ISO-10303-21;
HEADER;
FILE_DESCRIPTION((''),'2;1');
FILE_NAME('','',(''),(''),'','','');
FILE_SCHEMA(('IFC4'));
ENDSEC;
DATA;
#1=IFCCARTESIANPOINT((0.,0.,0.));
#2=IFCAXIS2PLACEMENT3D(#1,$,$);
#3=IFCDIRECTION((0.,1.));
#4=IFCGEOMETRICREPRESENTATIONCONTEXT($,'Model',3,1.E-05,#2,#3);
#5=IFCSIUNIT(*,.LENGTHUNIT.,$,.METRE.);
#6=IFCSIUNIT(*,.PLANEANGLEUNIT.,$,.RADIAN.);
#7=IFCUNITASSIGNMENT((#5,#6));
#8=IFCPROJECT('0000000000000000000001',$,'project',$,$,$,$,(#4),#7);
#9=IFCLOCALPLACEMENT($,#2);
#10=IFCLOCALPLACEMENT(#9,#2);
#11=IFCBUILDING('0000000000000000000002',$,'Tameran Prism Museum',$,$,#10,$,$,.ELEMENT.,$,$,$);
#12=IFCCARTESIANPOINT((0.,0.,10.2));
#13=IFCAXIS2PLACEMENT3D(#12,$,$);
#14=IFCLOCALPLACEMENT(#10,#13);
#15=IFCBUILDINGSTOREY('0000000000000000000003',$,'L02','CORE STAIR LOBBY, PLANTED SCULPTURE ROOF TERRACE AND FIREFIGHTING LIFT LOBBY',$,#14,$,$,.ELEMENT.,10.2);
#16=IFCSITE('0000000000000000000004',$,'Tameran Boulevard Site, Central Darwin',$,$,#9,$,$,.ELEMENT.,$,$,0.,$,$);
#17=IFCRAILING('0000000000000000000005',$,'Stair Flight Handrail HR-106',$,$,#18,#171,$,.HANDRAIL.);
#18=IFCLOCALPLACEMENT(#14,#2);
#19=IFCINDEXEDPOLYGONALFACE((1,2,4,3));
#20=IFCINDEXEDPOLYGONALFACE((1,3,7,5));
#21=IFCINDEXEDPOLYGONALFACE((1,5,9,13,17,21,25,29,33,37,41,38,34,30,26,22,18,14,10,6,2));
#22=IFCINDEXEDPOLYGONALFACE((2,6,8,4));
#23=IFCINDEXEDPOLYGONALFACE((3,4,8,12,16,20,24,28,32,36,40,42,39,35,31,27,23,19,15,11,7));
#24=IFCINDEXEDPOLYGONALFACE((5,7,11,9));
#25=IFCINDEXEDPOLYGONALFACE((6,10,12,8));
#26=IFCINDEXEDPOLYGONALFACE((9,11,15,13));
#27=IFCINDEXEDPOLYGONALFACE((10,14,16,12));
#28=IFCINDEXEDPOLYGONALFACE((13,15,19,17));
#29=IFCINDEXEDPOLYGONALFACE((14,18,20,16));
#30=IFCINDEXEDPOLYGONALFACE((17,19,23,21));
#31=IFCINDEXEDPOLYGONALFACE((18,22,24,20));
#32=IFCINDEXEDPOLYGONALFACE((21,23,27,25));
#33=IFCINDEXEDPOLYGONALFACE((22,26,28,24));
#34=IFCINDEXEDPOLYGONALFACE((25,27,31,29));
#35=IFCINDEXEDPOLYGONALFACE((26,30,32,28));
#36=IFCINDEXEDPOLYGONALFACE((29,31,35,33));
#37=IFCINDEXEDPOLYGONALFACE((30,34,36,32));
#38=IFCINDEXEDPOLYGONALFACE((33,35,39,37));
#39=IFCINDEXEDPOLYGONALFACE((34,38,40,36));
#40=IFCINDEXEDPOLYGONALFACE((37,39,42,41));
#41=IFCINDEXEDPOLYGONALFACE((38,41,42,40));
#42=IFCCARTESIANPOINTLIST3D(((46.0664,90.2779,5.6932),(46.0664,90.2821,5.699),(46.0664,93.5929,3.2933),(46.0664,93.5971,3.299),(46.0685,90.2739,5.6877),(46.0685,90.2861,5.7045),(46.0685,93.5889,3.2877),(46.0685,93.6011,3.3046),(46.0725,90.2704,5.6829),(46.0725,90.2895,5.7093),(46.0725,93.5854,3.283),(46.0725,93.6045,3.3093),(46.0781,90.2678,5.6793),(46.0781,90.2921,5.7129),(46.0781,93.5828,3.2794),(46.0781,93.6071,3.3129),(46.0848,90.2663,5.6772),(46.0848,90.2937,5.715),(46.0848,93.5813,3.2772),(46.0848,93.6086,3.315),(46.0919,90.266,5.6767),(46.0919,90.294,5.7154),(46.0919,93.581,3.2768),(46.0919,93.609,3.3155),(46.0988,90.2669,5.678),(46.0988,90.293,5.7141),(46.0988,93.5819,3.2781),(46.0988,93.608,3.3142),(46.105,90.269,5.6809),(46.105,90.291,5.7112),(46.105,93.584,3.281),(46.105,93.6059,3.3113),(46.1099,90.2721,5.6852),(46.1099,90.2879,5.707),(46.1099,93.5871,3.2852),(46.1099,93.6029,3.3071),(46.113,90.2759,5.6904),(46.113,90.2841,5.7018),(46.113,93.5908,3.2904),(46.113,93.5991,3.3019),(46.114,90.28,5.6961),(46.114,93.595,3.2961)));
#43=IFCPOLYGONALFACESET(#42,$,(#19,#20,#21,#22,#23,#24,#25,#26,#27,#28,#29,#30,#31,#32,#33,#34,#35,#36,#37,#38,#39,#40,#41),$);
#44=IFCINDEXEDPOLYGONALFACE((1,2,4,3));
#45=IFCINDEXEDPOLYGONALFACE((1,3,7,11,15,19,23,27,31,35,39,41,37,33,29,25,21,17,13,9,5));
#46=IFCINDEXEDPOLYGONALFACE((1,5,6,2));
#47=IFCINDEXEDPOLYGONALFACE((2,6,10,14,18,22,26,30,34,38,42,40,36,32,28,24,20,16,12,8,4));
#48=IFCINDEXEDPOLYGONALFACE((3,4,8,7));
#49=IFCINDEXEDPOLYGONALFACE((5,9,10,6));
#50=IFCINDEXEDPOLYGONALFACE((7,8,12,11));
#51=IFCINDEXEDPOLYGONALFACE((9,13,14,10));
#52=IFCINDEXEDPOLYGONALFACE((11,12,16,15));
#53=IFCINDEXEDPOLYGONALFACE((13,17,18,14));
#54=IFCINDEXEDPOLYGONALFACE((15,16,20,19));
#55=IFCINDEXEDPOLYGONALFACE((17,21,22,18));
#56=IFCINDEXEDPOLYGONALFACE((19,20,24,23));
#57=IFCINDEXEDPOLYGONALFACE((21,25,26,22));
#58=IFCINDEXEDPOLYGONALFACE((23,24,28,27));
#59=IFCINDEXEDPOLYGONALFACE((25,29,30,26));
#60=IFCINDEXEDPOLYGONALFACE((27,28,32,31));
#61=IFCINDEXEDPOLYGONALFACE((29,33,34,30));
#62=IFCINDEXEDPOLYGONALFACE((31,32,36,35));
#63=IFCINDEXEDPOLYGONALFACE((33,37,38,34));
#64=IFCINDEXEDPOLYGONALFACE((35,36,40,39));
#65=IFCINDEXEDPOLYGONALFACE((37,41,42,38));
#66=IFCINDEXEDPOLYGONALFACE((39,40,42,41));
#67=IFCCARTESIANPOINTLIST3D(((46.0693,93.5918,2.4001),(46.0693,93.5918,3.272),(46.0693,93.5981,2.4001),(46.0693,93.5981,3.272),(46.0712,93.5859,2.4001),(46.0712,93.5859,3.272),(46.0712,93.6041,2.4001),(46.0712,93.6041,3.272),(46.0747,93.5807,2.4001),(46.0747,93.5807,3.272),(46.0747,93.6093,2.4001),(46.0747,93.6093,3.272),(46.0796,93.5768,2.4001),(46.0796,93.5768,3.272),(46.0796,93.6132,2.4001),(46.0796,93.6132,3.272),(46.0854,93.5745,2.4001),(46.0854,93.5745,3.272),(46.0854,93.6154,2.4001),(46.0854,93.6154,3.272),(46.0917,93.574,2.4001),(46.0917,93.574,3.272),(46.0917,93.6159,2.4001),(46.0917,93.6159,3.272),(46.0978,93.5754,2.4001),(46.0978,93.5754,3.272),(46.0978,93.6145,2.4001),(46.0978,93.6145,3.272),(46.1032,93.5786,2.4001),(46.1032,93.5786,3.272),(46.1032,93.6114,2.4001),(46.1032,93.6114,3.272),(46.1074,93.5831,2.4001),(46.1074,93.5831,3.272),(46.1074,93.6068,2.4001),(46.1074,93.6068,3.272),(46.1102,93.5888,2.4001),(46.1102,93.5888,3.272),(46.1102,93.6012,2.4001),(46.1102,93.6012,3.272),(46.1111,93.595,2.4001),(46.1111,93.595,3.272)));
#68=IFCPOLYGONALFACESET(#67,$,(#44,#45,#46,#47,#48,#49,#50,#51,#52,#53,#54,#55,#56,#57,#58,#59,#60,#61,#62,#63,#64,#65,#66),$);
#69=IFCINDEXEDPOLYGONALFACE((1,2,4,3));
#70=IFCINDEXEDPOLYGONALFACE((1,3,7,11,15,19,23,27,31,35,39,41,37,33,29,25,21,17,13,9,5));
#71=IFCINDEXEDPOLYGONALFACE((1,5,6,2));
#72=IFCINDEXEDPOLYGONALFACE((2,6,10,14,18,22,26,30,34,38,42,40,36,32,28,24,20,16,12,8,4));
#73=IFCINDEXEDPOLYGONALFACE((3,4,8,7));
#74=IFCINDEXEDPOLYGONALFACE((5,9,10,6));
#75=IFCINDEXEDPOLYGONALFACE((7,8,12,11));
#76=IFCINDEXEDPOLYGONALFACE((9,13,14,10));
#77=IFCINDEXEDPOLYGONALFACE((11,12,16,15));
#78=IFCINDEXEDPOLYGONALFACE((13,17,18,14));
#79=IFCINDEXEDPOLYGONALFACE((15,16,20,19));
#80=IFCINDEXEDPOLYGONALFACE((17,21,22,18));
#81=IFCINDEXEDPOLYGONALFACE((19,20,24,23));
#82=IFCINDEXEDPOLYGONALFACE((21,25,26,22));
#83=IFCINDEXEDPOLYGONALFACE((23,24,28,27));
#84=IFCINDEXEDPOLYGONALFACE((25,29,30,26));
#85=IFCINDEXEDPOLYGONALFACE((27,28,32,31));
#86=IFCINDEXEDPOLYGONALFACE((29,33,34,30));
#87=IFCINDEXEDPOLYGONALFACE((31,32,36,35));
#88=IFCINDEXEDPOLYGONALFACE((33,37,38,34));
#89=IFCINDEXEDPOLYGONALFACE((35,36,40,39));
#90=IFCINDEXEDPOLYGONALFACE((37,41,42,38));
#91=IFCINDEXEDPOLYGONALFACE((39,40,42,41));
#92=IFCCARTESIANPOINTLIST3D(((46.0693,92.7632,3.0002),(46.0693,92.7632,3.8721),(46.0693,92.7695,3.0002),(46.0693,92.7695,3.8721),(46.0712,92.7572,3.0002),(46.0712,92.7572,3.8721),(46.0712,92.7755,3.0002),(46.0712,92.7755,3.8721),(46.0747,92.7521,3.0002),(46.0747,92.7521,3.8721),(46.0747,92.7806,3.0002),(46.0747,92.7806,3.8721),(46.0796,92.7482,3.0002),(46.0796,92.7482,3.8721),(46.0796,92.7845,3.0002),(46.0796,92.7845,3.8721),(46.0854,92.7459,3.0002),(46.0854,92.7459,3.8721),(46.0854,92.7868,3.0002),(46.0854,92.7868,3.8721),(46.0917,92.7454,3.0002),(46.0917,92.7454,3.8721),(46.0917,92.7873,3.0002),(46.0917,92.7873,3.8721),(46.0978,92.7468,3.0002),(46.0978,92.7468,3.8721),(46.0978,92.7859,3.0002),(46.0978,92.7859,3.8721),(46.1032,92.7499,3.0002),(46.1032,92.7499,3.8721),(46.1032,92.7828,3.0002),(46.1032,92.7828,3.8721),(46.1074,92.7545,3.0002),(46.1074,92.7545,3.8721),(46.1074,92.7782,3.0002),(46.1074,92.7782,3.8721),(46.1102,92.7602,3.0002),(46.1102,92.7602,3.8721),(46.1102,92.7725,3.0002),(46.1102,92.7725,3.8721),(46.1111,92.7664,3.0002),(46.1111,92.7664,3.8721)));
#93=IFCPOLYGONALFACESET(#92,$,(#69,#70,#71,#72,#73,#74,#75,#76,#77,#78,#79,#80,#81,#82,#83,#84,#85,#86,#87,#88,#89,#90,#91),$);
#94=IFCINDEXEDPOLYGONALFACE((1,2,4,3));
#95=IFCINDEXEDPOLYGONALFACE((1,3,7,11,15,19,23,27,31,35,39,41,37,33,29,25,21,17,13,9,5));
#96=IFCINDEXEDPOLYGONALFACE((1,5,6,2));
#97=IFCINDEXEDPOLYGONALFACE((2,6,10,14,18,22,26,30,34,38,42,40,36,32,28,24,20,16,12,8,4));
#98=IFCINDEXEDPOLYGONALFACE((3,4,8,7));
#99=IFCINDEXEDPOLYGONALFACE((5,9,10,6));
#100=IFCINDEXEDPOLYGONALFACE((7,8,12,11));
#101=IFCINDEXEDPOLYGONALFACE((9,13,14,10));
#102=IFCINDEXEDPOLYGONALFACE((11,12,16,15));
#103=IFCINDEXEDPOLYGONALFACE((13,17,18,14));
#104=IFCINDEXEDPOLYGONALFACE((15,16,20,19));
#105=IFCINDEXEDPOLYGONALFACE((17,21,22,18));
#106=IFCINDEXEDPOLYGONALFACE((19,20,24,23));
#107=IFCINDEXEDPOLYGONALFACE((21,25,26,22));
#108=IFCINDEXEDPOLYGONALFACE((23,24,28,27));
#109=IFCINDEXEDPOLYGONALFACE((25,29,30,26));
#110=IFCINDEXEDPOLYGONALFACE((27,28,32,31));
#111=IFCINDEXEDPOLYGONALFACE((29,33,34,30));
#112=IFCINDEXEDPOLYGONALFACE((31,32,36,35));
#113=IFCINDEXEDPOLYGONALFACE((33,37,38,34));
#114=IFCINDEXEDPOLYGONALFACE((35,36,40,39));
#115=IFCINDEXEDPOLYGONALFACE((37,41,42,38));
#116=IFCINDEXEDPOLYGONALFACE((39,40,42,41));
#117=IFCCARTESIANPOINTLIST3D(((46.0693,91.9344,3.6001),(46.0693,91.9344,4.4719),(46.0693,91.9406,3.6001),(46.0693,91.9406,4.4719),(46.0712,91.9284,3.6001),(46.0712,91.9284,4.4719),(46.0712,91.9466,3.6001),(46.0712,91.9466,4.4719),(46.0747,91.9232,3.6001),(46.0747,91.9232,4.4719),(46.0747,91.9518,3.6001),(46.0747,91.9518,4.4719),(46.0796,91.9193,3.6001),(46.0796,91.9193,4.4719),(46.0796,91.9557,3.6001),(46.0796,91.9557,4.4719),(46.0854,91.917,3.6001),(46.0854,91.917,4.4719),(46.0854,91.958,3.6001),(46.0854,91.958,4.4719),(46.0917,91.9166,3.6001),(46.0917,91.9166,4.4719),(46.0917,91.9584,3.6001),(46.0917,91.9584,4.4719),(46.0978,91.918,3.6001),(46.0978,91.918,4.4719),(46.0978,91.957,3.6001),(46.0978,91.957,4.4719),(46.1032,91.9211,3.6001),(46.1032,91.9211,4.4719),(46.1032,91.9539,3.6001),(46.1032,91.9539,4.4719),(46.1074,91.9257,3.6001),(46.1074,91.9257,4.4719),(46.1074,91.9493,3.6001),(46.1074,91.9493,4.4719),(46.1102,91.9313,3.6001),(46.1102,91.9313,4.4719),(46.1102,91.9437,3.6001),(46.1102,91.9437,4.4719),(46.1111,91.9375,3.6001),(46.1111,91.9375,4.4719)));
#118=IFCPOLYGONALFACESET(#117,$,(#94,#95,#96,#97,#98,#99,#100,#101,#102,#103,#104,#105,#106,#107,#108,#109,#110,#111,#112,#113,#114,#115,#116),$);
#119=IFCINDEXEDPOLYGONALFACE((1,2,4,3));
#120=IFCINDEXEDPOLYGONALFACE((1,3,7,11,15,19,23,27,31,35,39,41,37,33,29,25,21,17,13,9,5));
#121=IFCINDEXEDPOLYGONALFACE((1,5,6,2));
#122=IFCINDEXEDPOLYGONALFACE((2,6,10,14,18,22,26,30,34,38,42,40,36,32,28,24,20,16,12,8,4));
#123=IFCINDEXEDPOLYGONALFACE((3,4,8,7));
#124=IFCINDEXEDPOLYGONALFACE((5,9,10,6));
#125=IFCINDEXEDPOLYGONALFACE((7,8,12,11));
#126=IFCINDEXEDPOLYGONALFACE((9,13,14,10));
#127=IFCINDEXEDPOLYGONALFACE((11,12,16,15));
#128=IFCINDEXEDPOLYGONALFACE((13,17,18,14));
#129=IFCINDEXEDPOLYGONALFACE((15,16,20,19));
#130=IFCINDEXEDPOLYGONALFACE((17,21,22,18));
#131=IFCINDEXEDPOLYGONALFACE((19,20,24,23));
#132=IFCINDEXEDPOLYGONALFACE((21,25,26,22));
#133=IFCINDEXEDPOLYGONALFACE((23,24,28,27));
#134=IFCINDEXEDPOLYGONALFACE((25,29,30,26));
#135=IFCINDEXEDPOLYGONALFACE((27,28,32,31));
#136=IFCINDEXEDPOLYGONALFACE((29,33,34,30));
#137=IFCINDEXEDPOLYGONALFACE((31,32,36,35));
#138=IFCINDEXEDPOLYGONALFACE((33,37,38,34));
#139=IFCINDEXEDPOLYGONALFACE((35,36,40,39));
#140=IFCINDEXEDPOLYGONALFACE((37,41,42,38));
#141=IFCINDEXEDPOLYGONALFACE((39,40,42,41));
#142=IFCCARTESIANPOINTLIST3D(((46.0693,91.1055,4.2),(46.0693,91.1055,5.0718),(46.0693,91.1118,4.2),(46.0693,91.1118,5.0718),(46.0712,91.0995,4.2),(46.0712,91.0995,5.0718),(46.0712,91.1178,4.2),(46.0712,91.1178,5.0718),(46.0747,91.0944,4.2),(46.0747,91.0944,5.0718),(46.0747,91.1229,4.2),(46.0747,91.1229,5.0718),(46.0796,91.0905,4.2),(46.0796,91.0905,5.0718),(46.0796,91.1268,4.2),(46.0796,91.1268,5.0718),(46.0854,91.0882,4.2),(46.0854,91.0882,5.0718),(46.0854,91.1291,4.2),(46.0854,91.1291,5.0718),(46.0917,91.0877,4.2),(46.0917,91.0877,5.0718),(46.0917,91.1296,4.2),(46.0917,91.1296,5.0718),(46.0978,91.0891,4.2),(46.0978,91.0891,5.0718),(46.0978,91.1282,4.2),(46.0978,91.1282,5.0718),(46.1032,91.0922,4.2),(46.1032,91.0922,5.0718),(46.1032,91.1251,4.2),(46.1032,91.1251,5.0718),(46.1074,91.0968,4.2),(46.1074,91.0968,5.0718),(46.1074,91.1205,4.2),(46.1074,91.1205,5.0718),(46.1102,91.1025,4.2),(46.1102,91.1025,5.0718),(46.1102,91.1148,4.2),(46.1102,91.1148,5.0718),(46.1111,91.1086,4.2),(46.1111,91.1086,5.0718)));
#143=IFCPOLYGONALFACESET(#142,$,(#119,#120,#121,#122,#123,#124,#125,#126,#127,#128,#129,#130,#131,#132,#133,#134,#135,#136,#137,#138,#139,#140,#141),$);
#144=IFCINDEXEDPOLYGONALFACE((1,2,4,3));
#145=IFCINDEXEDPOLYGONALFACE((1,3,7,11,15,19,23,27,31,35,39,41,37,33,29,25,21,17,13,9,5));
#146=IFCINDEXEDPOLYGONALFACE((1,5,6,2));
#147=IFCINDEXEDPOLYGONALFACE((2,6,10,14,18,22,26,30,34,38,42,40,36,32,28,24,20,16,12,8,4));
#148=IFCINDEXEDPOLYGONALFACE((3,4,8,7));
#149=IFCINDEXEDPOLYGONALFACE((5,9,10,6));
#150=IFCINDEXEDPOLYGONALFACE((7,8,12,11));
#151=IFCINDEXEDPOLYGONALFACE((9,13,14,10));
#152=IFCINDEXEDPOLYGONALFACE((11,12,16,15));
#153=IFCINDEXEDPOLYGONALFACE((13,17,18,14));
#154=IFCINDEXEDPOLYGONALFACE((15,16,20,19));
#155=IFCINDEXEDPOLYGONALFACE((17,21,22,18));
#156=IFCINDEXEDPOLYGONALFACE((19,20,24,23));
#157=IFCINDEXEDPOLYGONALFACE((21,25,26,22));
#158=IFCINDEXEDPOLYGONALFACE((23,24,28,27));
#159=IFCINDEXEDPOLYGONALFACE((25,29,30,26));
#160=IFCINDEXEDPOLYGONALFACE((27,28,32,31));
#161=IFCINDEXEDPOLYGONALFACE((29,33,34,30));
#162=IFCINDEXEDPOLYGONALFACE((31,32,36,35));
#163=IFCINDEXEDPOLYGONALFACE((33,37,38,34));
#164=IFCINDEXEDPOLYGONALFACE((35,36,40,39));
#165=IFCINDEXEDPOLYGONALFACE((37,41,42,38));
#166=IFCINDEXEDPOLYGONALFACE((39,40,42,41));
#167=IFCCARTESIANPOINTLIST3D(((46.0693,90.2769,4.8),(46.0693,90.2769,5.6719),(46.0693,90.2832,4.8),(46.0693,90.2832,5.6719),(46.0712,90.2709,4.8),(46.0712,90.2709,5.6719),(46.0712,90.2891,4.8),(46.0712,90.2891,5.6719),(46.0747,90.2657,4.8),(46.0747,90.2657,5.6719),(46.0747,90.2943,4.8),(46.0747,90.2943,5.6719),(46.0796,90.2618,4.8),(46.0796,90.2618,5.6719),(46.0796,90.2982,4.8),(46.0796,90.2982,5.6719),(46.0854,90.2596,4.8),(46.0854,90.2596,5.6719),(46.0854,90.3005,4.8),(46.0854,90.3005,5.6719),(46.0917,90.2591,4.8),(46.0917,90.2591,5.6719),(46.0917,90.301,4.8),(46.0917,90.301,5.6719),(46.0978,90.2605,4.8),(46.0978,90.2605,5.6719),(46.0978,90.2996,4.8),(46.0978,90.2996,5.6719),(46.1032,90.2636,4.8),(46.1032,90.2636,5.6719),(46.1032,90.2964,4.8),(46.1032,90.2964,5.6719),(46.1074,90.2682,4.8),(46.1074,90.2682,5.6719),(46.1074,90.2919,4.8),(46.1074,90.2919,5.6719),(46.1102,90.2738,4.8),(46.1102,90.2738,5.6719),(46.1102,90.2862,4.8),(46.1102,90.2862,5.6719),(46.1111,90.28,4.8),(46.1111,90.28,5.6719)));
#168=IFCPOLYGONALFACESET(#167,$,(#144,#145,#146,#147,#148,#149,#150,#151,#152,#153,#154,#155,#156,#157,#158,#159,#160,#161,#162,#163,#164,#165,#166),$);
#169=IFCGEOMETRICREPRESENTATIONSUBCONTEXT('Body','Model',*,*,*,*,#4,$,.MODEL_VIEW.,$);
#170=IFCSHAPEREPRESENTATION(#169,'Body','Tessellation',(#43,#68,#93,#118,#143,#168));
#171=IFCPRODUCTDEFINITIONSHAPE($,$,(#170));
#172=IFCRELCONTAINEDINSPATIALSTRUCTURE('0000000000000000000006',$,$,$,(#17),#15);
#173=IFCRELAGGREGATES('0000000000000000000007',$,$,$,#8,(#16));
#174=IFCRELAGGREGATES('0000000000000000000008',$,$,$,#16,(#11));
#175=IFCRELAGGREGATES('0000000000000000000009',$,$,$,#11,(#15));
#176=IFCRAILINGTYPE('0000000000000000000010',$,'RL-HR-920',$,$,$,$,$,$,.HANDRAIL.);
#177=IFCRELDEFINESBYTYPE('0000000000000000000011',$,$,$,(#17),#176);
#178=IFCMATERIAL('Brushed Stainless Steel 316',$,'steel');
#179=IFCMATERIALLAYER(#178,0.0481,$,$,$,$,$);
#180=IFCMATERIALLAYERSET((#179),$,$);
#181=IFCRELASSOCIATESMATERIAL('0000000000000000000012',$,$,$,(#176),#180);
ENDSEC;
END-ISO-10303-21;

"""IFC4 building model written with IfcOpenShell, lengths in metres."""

from ifc_helpers import new_model, si_unit, direction, frame, origin, origin_2d, place, context, subcontext, project, spatial, circle, extrude, material, layer, layer_set, type_object, element, save


model = new_model("IFC4")

# Units and contexts
model_context = context("Model", 3, precision=1e-05, world=origin(), true_north=direction((0.0, 1.0)))
body_context = subcontext(model_context, "Body", "Model", "MODEL_VIEW")
ifc_project = project(units=[si_unit("LENGTHUNIT", "METRE"), si_unit("PLANEANGLEUNIT", "RADIAN")], contexts=[model_context])

# Site, building, storey
site_placement = place(None, origin())
site = spatial("IfcSite", under=ifc_project, at=site_placement, Name="Tameran Boulevard Site, Central Darwin", CompositionType="ELEMENT", RefElevation=0.0)
building_placement = place(site_placement, origin())
building = spatial("IfcBuilding", under=site, at=building_placement, Name="Tameran Prism Museum", CompositionType="ELEMENT")
storey_placement = place(building_placement, frame((0.0, 0.0, 10.2)))
storey = spatial("IfcBuildingStorey", under=building, at=storey_placement, Name="L02", Description="CORE STAIR LOBBY, PLANTED SCULPTURE ROOF TERRACE AND FIREFIGHTING LIFT LOBBY", CompositionType="ELEMENT", Elevation=10.2)

# Railing
ifc_material_1 = material(Name="Brushed Stainless Steel 316", Category="steel")
ifc_layer_1 = layer(ifc_material_1, 0.0481)
ifc_layer_set_1 = layer_set([ifc_layer_1])
railing_type_1 = type_object("IfcRailingType", Name="RL-HR-920", PredefinedType="HANDRAIL", material=ifc_layer_set_1)
railing_1_placement = place(storey_placement, frame((46.0901, 93.595, 2.4001)))
element("IfcRailing", 1, at=railing_1_placement, inside=storey, type_object=railing_type_1, Name="Stair Flight Handrail HR-106", PredefinedType="HANDRAIL", context=body_context, shape_type="SweptSolid", body=[
    extrude(circle(Radius=0.0239, at=origin_2d()), frame((0.0, 0.0, 0.896), z_axis=(0.0, -0.810009, 0.586418), x_axis=(1.0, 0.0, 0.0)), (0.0, 0.0, 1.0), 4.0925),
    extrude(circle(Radius=0.021, at=origin_2d()), origin(), (0.0, 0.0, 1.0), 0.8718),
    extrude(circle(Radius=0.021, at=origin_2d()), frame((0.0, -0.8286, 0.6001)), (0.0, 0.0, 1.0), 0.8718),
    extrude(circle(Radius=0.021, at=origin_2d()), frame((0.0, -1.6575, 1.2)), (0.0, 0.0, 1.0), 0.8718),
    extrude(circle(Radius=0.021, at=origin_2d()), frame((0.0, -2.4863, 1.7998)), (0.0, 0.0, 1.0), 0.8718),
    extrude(circle(Radius=0.021, at=origin_2d()), frame((0.0, -3.3149, 2.3999)), (0.0, 0.0, 1.0), 0.8718),
])

save(model, "model.ifc")
